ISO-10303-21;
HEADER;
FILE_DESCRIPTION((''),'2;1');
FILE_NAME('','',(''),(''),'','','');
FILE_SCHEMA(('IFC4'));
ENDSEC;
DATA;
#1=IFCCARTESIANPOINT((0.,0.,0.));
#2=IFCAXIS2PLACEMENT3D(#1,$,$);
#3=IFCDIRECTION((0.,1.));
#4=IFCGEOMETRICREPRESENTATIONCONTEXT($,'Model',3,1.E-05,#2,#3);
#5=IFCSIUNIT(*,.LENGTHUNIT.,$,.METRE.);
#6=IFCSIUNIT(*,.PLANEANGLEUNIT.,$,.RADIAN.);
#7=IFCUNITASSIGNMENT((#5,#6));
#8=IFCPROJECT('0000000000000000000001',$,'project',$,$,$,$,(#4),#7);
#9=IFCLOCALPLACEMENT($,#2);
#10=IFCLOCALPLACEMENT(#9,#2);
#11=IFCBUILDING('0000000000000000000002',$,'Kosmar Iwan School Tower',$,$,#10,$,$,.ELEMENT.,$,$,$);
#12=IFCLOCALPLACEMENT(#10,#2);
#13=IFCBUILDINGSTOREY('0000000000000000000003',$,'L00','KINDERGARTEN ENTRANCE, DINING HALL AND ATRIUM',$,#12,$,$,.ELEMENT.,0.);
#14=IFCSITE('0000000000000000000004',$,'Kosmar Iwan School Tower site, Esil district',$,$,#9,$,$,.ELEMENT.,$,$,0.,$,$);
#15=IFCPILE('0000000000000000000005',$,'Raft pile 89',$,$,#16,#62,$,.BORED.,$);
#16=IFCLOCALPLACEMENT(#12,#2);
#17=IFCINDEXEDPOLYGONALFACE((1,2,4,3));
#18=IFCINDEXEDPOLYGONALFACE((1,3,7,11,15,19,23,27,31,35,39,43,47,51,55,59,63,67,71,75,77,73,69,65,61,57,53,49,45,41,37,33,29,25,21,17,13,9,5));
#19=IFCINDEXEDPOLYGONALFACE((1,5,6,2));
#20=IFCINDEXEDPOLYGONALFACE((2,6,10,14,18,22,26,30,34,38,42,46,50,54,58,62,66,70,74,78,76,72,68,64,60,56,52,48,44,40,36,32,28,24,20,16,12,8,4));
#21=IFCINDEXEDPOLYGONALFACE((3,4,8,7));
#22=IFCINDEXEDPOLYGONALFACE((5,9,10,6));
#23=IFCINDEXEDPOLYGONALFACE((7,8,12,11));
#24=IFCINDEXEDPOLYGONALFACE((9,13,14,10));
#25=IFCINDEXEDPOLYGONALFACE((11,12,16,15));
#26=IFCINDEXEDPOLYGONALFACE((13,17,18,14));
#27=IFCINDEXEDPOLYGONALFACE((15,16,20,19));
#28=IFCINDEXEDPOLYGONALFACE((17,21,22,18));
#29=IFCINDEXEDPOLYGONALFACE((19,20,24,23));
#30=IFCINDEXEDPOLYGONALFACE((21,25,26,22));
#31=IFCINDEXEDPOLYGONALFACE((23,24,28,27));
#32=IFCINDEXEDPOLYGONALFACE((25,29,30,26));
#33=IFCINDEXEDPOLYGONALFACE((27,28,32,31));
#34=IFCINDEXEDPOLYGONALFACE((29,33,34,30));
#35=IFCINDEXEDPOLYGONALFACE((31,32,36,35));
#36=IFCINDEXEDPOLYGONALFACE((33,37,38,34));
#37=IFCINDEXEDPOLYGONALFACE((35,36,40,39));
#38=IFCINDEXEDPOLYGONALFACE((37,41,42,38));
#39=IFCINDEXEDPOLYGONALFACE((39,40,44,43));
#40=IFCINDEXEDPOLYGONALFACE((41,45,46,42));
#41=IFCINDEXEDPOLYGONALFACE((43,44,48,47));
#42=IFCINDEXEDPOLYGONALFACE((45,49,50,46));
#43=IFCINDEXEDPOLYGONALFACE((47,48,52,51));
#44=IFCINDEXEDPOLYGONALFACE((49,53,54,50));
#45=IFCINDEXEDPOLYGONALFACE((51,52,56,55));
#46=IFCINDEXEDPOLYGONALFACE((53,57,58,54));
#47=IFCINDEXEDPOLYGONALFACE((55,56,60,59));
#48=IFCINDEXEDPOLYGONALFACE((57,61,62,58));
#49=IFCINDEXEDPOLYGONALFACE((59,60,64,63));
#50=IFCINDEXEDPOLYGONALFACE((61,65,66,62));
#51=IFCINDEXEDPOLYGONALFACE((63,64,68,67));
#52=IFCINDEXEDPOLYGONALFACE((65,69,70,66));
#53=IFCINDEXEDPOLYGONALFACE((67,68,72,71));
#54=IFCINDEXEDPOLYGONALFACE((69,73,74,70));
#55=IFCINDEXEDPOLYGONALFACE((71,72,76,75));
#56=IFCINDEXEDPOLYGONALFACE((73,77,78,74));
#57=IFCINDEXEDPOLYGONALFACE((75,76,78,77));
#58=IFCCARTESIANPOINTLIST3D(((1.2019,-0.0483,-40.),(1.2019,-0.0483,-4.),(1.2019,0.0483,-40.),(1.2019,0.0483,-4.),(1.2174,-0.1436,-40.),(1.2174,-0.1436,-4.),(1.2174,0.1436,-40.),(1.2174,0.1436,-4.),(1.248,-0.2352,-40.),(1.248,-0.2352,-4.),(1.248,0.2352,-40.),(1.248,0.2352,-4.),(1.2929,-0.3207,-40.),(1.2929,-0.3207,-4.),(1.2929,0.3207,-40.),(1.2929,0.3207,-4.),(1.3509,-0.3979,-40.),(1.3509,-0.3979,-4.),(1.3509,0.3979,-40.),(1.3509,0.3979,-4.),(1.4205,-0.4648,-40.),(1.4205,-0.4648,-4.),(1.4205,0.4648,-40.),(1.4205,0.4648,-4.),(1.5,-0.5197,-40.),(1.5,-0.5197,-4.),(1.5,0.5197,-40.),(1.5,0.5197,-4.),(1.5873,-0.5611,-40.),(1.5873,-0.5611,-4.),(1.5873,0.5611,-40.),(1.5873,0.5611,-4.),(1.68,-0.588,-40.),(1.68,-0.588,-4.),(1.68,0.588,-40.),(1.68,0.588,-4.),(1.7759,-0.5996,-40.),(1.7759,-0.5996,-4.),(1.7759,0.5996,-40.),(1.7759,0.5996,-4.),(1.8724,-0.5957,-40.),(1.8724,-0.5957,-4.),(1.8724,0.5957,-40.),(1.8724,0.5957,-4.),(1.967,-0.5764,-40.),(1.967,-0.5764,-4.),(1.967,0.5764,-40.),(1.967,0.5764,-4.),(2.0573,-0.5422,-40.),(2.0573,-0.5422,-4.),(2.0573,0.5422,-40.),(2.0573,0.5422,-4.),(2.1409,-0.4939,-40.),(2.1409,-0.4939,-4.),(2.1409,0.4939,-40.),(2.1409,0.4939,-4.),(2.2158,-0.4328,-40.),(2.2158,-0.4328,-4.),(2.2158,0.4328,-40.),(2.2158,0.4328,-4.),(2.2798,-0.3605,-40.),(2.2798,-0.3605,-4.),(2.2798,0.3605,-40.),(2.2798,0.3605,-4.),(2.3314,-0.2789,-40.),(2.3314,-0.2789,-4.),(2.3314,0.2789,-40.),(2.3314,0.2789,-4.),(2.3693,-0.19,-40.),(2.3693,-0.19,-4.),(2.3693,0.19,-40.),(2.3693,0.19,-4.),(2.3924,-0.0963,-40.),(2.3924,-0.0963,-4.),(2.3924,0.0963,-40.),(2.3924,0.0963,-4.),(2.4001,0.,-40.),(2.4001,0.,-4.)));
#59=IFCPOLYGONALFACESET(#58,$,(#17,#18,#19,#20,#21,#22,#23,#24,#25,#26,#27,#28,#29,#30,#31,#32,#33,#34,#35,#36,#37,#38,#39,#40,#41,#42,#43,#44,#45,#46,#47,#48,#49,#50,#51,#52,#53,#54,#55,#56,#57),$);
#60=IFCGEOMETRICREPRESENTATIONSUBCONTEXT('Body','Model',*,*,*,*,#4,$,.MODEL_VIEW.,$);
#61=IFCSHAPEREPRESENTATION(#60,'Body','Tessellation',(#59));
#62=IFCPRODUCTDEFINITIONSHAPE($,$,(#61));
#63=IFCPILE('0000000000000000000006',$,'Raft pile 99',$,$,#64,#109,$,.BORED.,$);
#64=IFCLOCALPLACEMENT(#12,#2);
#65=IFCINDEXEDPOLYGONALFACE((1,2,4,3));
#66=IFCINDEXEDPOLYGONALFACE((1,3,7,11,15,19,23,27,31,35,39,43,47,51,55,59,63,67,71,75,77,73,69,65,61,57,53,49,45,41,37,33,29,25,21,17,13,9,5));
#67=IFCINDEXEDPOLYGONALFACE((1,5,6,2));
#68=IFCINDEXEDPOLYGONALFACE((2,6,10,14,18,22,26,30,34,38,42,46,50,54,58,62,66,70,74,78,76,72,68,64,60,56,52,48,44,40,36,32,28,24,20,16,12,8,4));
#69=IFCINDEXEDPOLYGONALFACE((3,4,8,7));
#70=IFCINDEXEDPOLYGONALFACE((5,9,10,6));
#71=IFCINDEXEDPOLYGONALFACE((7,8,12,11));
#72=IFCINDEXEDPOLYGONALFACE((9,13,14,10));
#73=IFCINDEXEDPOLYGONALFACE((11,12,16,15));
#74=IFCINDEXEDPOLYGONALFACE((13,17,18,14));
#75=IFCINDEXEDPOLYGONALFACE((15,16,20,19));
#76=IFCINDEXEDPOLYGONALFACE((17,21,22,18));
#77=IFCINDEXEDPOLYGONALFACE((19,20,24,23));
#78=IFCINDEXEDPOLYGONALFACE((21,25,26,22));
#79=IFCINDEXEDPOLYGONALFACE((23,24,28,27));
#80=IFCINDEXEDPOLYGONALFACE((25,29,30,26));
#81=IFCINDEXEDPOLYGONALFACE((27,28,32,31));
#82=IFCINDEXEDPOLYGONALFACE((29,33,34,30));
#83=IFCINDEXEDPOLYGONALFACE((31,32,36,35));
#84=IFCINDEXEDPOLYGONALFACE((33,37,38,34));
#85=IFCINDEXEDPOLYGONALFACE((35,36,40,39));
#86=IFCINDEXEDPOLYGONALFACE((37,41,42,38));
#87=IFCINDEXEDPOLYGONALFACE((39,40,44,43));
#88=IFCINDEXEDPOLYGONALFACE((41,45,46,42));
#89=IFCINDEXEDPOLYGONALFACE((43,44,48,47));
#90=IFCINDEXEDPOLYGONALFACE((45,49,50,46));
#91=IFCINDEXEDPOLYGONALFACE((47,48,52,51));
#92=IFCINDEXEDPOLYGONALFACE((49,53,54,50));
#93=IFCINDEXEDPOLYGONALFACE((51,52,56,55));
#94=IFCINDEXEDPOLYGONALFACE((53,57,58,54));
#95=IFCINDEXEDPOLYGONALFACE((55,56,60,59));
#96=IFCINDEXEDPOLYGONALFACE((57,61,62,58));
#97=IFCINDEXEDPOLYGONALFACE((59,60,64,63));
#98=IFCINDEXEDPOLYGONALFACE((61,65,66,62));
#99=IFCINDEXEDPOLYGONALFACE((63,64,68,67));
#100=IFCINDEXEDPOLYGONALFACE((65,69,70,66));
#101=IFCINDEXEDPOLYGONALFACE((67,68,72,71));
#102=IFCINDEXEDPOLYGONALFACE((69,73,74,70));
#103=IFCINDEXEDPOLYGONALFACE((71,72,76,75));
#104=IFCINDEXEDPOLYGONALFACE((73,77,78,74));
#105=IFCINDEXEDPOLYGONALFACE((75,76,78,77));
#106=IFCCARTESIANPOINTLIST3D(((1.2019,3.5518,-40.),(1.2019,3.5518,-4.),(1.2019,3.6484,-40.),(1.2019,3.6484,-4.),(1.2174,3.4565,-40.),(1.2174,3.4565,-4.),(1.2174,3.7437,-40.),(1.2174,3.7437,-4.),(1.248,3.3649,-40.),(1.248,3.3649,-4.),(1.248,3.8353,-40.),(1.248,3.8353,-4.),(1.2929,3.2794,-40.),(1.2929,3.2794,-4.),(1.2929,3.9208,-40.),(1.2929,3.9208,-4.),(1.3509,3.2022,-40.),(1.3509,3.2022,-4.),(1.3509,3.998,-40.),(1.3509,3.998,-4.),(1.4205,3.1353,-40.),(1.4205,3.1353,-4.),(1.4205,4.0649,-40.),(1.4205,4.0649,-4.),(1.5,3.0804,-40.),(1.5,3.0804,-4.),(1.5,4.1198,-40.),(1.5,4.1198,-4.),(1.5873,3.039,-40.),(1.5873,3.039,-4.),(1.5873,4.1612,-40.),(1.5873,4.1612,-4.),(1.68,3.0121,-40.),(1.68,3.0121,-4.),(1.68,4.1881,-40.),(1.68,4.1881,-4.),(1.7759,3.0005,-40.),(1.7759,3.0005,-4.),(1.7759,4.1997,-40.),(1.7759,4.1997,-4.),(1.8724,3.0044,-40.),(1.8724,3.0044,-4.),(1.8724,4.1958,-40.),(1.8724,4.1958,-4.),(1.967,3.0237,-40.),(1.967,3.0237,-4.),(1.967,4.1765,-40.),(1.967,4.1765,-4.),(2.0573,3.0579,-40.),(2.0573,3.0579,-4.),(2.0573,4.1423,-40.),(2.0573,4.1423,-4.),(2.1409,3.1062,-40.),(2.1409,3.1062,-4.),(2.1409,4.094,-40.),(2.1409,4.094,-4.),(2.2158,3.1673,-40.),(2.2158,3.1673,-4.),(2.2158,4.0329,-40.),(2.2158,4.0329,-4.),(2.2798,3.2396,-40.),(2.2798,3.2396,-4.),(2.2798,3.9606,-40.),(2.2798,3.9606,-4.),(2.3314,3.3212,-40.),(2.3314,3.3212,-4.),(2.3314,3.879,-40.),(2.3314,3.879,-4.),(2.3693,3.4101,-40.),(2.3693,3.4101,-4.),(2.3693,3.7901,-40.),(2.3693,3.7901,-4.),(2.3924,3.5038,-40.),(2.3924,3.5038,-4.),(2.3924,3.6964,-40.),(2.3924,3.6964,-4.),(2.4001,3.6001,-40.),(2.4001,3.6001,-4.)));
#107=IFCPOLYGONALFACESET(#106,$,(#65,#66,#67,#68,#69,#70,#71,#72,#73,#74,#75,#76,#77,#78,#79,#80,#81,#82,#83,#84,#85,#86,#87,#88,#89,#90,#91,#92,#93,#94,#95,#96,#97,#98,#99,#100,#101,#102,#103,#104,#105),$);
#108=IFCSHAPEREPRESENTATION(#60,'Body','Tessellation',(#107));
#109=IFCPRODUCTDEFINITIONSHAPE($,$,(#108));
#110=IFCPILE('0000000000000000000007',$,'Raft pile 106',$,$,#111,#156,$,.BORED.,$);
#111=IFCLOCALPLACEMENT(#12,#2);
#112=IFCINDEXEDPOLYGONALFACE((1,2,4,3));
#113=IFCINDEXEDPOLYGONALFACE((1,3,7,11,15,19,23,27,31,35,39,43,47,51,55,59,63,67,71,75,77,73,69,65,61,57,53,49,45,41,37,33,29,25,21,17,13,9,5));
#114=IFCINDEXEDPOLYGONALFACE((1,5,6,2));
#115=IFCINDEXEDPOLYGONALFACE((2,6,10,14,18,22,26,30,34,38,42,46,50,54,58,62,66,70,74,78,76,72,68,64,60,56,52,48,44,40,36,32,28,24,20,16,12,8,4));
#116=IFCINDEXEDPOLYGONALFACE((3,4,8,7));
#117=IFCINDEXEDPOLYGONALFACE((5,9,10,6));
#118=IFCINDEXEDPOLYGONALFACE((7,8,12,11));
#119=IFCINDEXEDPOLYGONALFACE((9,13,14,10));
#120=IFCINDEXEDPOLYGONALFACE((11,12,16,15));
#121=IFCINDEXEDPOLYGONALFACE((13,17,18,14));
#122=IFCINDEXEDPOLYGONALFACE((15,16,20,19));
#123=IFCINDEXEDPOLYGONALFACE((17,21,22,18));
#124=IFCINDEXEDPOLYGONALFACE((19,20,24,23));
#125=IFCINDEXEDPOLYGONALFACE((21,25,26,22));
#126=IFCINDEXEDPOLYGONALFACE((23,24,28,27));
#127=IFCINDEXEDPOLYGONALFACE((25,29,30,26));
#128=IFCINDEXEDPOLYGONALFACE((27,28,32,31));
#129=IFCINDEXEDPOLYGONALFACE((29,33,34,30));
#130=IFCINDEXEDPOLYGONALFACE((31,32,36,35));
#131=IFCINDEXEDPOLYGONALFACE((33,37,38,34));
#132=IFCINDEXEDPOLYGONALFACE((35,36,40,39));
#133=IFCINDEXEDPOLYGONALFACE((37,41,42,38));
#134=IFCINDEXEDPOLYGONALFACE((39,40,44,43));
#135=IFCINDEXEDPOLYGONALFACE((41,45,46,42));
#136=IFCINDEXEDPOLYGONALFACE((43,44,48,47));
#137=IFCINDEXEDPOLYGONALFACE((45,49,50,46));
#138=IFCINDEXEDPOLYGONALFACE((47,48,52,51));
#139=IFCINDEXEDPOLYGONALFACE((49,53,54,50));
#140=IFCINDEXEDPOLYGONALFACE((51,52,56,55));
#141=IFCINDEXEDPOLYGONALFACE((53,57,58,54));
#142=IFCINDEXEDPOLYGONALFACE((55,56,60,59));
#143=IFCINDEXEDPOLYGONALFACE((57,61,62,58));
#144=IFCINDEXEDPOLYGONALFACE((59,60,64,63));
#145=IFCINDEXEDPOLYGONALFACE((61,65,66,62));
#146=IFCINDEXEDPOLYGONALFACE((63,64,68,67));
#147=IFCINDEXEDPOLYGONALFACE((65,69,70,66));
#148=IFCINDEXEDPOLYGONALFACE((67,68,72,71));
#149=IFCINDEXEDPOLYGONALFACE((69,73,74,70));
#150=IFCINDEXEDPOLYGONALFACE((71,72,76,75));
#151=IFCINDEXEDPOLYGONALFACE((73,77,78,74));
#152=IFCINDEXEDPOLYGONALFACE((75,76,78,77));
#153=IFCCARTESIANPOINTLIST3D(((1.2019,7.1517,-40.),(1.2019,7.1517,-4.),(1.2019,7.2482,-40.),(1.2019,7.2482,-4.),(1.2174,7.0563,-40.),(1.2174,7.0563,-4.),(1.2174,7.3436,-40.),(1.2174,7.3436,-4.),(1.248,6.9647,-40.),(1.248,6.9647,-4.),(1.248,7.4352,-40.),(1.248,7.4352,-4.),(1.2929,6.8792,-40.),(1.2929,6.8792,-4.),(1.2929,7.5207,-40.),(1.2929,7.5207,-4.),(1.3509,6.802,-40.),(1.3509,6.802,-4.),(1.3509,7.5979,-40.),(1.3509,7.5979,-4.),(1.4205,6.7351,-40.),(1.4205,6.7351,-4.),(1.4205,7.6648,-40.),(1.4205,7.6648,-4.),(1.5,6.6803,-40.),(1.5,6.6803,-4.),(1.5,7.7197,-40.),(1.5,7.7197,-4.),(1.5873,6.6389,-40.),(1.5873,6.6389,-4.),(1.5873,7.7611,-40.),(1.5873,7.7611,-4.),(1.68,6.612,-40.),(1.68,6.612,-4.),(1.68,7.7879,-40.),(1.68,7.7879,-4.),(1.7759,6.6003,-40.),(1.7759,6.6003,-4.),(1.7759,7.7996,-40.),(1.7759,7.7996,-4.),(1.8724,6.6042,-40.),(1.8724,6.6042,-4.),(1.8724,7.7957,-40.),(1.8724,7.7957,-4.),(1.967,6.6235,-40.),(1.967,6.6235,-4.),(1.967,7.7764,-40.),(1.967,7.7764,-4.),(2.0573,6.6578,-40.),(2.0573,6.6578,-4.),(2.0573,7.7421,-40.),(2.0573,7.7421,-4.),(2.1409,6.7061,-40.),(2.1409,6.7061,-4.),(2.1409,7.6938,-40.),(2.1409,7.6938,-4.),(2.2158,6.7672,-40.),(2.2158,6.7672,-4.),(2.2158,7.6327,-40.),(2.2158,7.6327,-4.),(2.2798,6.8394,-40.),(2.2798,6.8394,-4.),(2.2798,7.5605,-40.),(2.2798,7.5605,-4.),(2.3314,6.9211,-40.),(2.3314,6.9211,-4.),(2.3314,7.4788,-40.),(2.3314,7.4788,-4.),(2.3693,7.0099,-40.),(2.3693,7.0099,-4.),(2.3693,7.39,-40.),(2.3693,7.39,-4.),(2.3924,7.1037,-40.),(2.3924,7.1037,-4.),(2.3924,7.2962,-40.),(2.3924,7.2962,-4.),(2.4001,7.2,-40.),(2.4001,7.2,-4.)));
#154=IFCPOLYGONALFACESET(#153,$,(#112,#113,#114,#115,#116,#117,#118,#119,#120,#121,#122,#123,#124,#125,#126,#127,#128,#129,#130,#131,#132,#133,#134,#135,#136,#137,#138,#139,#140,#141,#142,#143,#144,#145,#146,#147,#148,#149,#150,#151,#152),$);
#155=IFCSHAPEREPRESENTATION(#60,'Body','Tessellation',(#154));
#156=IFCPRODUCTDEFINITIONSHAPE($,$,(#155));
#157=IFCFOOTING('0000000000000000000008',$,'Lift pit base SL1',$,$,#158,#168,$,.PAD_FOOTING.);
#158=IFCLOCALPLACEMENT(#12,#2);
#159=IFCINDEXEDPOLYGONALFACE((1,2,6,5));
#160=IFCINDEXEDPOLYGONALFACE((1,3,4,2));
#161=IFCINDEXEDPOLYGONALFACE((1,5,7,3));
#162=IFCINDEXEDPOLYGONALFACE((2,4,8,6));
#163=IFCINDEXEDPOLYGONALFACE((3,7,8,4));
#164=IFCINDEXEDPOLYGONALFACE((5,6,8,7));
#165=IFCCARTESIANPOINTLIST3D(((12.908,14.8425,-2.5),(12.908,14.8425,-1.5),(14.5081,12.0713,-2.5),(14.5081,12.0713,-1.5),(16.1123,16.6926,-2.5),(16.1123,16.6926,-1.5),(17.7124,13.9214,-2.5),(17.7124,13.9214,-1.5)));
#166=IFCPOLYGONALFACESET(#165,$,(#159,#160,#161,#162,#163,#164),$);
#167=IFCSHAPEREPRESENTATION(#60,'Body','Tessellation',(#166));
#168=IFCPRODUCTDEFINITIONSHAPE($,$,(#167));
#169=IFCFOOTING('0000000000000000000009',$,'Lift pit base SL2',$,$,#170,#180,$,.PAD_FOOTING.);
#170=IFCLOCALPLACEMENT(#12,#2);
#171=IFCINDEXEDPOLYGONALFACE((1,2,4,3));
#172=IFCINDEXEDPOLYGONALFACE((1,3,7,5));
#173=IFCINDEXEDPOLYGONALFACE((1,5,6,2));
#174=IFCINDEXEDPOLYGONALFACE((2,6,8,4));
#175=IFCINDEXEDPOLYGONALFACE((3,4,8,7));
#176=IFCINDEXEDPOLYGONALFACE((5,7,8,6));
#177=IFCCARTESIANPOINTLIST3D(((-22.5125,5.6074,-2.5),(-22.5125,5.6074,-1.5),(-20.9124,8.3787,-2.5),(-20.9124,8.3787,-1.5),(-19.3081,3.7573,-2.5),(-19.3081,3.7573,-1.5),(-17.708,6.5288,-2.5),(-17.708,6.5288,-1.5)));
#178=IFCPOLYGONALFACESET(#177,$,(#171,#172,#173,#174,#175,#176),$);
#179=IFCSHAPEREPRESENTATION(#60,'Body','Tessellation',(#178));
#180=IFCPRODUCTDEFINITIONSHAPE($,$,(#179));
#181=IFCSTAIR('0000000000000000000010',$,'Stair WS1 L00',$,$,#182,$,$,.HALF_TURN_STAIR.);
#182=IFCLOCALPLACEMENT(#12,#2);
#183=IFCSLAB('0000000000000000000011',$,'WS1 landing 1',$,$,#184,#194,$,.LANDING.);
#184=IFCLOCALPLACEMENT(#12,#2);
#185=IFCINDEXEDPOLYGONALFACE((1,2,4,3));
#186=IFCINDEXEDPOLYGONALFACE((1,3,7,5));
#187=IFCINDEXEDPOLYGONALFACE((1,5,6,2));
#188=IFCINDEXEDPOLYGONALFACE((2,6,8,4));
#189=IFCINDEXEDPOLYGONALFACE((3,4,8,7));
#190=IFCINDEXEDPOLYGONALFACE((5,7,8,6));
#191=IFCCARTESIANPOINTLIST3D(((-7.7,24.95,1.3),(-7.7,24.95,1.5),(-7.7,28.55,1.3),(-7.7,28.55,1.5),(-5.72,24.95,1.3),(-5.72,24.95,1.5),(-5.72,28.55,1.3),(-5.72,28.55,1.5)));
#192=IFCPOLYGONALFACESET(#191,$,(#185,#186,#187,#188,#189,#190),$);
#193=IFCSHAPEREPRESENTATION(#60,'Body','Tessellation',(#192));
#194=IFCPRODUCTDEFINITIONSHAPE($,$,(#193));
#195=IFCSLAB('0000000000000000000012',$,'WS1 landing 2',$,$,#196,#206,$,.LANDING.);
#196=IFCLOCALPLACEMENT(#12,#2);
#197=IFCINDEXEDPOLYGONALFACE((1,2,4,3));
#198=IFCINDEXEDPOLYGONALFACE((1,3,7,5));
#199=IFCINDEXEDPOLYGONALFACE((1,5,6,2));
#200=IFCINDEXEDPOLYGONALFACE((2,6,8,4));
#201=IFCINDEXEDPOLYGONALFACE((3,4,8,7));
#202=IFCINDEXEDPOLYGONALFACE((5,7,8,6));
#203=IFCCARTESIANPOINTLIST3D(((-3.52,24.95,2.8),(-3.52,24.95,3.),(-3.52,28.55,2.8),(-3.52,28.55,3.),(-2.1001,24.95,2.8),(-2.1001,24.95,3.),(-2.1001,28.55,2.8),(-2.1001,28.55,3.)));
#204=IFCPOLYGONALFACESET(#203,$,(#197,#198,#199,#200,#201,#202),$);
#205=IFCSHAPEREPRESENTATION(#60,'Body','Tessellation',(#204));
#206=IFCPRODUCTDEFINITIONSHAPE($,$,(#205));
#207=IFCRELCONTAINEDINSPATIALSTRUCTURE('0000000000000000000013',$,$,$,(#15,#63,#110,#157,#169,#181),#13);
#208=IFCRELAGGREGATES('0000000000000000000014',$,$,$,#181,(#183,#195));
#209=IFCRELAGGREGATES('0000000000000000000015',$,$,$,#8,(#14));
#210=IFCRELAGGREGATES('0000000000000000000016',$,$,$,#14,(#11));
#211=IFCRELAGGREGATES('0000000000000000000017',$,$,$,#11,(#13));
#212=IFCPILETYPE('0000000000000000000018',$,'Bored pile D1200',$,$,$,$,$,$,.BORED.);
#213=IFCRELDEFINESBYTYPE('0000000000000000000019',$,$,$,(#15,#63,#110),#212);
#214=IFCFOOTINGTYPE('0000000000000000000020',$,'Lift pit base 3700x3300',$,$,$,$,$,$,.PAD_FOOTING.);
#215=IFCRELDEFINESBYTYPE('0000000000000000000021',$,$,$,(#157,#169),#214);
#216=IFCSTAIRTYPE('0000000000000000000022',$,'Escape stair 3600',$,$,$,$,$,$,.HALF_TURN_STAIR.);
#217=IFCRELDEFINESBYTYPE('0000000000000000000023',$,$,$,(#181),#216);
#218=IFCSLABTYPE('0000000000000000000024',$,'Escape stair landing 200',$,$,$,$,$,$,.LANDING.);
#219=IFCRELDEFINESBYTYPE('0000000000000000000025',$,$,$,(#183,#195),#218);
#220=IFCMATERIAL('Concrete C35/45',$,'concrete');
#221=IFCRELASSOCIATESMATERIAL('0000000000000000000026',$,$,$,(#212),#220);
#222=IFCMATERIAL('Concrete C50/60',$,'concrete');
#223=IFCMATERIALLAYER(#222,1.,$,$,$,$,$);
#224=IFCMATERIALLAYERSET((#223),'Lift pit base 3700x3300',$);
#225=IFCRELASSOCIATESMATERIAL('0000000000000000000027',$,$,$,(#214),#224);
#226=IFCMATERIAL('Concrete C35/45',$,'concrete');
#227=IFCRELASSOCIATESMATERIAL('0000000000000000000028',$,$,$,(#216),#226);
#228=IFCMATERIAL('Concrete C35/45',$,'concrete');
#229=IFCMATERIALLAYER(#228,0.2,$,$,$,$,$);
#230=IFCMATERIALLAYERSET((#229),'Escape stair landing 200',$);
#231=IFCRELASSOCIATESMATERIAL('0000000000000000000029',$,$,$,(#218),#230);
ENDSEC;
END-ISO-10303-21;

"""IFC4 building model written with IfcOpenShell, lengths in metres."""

from ifc_helpers import new_model, si_unit, direction, frame, origin, origin_2d, place, context, subcontext, project, spatial, polyline, circle, outline, extrude, material, layer, layer_set, material_profile, profile_set, type_object, element, aggregate, save


model = new_model("IFC4")

# Units and contexts
model_context = context("Model", 3, precision=1e-05, world=origin(), true_north=direction((0.0, 1.0)))
body_context = subcontext(model_context, "Body", "Model", "MODEL_VIEW")
ifc_project = project(units=[si_unit("LENGTHUNIT", "METRE"), si_unit("PLANEANGLEUNIT", "RADIAN")], contexts=[model_context])

# Site, building, storey
site_placement = place(None, origin())
site = spatial("IfcSite", under=ifc_project, at=site_placement, Name="Kosmar Iwan School Tower site, Esil district", CompositionType="ELEMENT", RefElevation=0.0)
building_placement = place(site_placement, origin())
building = spatial("IfcBuilding", under=site, at=building_placement, Name="Kosmar Iwan School Tower", CompositionType="ELEMENT")
storey_placement = place(building_placement, origin())
storey = spatial("IfcBuildingStorey", under=building, at=storey_placement, Name="L00", Description="KINDERGARTEN ENTRANCE, DINING HALL AND ATRIUM", CompositionType="ELEMENT", Elevation=0.0)

# Piles
ifc_material_1 = material(Name="Concrete C35/45", Category="concrete")
ifc_material_profile = material_profile(ifc_material_1, circle(Radius=0.6001, at=origin_2d()), Name="D1200")
ifc_profile_set = profile_set([ifc_material_profile], Name="Concrete C35/45")
pile_type = type_object("IfcPileType", Name="Bored pile D1200", PredefinedType="BORED", material=ifc_profile_set)
for number, where, z_axis, x_axis, name in (
    (1, (1.8, 0.0, -4.0), (0.0, 0.0, -1.0), (1.0, 0.0, 0.0), "Raft pile 89"),
    (2, (1.8, 3.6001, -4.0), (0.0, 0.0, -1.0), (1.0, 0.0, 0.0), "Raft pile 99"),
    (3, (1.8, 7.2, -4.0), (0.0, 0.0, -1.0), (1.0, 0.0, 0.0), "Raft pile 106"),
):
    element("IfcPile", number, at=place(storey_placement, frame(where, z_axis=z_axis, x_axis=x_axis)), inside=storey, type_object=pile_type, Name=name, PredefinedType="BORED", context=body_context, shape_type="SweptSolid", body=[
        extrude(circle(Radius=0.6001, at=origin_2d()), origin(), (0.0, 0.0, 1.0), 36.0),
    ])

# Footings
ifc_material_2 = material(Name="Concrete C50/60", Category="concrete")
ifc_layer_1 = layer(ifc_material_2, 1.0)
ifc_layer_set_1 = layer_set([ifc_layer_1], Name="Lift pit base 3700x3300")
footing_type = type_object("IfcFootingType", Name="Lift pit base 3700x3300", PredefinedType="PAD_FOOTING", material=ifc_layer_set_1)
footing_1_placement = place(storey_placement, frame((0.0, 0.0, -2.5)))
element("IfcFooting", 4, at=footing_1_placement, inside=storey, type_object=footing_type, Name="Lift pit base SL1", PredefinedType="PAD_FOOTING", context=body_context, shape_type="SweptSolid", body=[
    extrude(outline(polyline([(14.5081, 12.0713), (17.7124, 13.9214), (16.1123, 16.6926), (12.908, 14.8425), (14.5081, 12.0713)])), origin(), (0.0, 0.0, 1.0), 1.0),
])
footing_2_placement = place(storey_placement, frame((0.0, 0.0, -2.5)))
element("IfcFooting", 5, at=footing_2_placement, inside=storey, type_object=footing_type, Name="Lift pit base SL2", PredefinedType="PAD_FOOTING", context=body_context, shape_type="SweptSolid", body=[
    extrude(outline(polyline([(-17.708, 6.5288), (-20.9124, 8.3787), (-22.5125, 5.6074), (-19.3081, 3.7573), (-17.708, 6.5288)])), origin(), (0.0, 0.0, 1.0), 1.0),
])

# Stair, slabs
ifc_material_3 = material(Name="Concrete C35/45", Category="concrete")
stair_type_1 = type_object("IfcStairType", Name="Escape stair 3600", PredefinedType="HALF_TURN_STAIR", material=ifc_material_3)
stair_1_placement = place(storey_placement, origin())
stair_1 = element("IfcStair", 6, at=stair_1_placement, inside=storey, type_object=stair_type_1, Name="Stair WS1 L00", PredefinedType="HALF_TURN_STAIR")
ifc_material_4 = material(Name="Concrete C35/45", Category="concrete")
ifc_layer_2 = layer(ifc_material_4, 0.2)
ifc_layer_set_2 = layer_set([ifc_layer_2], Name="Escape stair landing 200")
slab_type_1 = type_object("IfcSlabType", Name="Escape stair landing 200", PredefinedType="LANDING", material=ifc_layer_set_2)
slab_1_placement = place(storey_placement, frame((0.0, 0.0, 1.3)))
slab_1 = element("IfcSlab", 7, at=slab_1_placement, type_object=slab_type_1, Name="WS1 landing 1", PredefinedType="LANDING", context=body_context, shape_type="SweptSolid", body=[
    extrude(outline(polyline([(-5.72, 24.95), (-5.72, 28.55), (-7.7, 28.55), (-7.7, 24.95), (-5.72, 24.95)])), origin(), (0.0, 0.0, 1.0), 0.2),
])
slab_2_placement = place(storey_placement, frame((0.0, 0.0, 2.8)))
slab_2 = element("IfcSlab", 8, at=slab_2_placement, type_object=slab_type_1, Name="WS1 landing 2", PredefinedType="LANDING", context=body_context, shape_type="SweptSolid", body=[
    extrude(outline(polyline([(-2.1001, 24.95), (-2.1001, 28.55), (-3.52, 28.55), (-3.52, 24.95), (-2.1001, 24.95)])), origin(), (0.0, 0.0, 1.0), 0.2),
])
aggregate(stair_1, [slab_1, slab_2])

save(model, "model.ifc")
